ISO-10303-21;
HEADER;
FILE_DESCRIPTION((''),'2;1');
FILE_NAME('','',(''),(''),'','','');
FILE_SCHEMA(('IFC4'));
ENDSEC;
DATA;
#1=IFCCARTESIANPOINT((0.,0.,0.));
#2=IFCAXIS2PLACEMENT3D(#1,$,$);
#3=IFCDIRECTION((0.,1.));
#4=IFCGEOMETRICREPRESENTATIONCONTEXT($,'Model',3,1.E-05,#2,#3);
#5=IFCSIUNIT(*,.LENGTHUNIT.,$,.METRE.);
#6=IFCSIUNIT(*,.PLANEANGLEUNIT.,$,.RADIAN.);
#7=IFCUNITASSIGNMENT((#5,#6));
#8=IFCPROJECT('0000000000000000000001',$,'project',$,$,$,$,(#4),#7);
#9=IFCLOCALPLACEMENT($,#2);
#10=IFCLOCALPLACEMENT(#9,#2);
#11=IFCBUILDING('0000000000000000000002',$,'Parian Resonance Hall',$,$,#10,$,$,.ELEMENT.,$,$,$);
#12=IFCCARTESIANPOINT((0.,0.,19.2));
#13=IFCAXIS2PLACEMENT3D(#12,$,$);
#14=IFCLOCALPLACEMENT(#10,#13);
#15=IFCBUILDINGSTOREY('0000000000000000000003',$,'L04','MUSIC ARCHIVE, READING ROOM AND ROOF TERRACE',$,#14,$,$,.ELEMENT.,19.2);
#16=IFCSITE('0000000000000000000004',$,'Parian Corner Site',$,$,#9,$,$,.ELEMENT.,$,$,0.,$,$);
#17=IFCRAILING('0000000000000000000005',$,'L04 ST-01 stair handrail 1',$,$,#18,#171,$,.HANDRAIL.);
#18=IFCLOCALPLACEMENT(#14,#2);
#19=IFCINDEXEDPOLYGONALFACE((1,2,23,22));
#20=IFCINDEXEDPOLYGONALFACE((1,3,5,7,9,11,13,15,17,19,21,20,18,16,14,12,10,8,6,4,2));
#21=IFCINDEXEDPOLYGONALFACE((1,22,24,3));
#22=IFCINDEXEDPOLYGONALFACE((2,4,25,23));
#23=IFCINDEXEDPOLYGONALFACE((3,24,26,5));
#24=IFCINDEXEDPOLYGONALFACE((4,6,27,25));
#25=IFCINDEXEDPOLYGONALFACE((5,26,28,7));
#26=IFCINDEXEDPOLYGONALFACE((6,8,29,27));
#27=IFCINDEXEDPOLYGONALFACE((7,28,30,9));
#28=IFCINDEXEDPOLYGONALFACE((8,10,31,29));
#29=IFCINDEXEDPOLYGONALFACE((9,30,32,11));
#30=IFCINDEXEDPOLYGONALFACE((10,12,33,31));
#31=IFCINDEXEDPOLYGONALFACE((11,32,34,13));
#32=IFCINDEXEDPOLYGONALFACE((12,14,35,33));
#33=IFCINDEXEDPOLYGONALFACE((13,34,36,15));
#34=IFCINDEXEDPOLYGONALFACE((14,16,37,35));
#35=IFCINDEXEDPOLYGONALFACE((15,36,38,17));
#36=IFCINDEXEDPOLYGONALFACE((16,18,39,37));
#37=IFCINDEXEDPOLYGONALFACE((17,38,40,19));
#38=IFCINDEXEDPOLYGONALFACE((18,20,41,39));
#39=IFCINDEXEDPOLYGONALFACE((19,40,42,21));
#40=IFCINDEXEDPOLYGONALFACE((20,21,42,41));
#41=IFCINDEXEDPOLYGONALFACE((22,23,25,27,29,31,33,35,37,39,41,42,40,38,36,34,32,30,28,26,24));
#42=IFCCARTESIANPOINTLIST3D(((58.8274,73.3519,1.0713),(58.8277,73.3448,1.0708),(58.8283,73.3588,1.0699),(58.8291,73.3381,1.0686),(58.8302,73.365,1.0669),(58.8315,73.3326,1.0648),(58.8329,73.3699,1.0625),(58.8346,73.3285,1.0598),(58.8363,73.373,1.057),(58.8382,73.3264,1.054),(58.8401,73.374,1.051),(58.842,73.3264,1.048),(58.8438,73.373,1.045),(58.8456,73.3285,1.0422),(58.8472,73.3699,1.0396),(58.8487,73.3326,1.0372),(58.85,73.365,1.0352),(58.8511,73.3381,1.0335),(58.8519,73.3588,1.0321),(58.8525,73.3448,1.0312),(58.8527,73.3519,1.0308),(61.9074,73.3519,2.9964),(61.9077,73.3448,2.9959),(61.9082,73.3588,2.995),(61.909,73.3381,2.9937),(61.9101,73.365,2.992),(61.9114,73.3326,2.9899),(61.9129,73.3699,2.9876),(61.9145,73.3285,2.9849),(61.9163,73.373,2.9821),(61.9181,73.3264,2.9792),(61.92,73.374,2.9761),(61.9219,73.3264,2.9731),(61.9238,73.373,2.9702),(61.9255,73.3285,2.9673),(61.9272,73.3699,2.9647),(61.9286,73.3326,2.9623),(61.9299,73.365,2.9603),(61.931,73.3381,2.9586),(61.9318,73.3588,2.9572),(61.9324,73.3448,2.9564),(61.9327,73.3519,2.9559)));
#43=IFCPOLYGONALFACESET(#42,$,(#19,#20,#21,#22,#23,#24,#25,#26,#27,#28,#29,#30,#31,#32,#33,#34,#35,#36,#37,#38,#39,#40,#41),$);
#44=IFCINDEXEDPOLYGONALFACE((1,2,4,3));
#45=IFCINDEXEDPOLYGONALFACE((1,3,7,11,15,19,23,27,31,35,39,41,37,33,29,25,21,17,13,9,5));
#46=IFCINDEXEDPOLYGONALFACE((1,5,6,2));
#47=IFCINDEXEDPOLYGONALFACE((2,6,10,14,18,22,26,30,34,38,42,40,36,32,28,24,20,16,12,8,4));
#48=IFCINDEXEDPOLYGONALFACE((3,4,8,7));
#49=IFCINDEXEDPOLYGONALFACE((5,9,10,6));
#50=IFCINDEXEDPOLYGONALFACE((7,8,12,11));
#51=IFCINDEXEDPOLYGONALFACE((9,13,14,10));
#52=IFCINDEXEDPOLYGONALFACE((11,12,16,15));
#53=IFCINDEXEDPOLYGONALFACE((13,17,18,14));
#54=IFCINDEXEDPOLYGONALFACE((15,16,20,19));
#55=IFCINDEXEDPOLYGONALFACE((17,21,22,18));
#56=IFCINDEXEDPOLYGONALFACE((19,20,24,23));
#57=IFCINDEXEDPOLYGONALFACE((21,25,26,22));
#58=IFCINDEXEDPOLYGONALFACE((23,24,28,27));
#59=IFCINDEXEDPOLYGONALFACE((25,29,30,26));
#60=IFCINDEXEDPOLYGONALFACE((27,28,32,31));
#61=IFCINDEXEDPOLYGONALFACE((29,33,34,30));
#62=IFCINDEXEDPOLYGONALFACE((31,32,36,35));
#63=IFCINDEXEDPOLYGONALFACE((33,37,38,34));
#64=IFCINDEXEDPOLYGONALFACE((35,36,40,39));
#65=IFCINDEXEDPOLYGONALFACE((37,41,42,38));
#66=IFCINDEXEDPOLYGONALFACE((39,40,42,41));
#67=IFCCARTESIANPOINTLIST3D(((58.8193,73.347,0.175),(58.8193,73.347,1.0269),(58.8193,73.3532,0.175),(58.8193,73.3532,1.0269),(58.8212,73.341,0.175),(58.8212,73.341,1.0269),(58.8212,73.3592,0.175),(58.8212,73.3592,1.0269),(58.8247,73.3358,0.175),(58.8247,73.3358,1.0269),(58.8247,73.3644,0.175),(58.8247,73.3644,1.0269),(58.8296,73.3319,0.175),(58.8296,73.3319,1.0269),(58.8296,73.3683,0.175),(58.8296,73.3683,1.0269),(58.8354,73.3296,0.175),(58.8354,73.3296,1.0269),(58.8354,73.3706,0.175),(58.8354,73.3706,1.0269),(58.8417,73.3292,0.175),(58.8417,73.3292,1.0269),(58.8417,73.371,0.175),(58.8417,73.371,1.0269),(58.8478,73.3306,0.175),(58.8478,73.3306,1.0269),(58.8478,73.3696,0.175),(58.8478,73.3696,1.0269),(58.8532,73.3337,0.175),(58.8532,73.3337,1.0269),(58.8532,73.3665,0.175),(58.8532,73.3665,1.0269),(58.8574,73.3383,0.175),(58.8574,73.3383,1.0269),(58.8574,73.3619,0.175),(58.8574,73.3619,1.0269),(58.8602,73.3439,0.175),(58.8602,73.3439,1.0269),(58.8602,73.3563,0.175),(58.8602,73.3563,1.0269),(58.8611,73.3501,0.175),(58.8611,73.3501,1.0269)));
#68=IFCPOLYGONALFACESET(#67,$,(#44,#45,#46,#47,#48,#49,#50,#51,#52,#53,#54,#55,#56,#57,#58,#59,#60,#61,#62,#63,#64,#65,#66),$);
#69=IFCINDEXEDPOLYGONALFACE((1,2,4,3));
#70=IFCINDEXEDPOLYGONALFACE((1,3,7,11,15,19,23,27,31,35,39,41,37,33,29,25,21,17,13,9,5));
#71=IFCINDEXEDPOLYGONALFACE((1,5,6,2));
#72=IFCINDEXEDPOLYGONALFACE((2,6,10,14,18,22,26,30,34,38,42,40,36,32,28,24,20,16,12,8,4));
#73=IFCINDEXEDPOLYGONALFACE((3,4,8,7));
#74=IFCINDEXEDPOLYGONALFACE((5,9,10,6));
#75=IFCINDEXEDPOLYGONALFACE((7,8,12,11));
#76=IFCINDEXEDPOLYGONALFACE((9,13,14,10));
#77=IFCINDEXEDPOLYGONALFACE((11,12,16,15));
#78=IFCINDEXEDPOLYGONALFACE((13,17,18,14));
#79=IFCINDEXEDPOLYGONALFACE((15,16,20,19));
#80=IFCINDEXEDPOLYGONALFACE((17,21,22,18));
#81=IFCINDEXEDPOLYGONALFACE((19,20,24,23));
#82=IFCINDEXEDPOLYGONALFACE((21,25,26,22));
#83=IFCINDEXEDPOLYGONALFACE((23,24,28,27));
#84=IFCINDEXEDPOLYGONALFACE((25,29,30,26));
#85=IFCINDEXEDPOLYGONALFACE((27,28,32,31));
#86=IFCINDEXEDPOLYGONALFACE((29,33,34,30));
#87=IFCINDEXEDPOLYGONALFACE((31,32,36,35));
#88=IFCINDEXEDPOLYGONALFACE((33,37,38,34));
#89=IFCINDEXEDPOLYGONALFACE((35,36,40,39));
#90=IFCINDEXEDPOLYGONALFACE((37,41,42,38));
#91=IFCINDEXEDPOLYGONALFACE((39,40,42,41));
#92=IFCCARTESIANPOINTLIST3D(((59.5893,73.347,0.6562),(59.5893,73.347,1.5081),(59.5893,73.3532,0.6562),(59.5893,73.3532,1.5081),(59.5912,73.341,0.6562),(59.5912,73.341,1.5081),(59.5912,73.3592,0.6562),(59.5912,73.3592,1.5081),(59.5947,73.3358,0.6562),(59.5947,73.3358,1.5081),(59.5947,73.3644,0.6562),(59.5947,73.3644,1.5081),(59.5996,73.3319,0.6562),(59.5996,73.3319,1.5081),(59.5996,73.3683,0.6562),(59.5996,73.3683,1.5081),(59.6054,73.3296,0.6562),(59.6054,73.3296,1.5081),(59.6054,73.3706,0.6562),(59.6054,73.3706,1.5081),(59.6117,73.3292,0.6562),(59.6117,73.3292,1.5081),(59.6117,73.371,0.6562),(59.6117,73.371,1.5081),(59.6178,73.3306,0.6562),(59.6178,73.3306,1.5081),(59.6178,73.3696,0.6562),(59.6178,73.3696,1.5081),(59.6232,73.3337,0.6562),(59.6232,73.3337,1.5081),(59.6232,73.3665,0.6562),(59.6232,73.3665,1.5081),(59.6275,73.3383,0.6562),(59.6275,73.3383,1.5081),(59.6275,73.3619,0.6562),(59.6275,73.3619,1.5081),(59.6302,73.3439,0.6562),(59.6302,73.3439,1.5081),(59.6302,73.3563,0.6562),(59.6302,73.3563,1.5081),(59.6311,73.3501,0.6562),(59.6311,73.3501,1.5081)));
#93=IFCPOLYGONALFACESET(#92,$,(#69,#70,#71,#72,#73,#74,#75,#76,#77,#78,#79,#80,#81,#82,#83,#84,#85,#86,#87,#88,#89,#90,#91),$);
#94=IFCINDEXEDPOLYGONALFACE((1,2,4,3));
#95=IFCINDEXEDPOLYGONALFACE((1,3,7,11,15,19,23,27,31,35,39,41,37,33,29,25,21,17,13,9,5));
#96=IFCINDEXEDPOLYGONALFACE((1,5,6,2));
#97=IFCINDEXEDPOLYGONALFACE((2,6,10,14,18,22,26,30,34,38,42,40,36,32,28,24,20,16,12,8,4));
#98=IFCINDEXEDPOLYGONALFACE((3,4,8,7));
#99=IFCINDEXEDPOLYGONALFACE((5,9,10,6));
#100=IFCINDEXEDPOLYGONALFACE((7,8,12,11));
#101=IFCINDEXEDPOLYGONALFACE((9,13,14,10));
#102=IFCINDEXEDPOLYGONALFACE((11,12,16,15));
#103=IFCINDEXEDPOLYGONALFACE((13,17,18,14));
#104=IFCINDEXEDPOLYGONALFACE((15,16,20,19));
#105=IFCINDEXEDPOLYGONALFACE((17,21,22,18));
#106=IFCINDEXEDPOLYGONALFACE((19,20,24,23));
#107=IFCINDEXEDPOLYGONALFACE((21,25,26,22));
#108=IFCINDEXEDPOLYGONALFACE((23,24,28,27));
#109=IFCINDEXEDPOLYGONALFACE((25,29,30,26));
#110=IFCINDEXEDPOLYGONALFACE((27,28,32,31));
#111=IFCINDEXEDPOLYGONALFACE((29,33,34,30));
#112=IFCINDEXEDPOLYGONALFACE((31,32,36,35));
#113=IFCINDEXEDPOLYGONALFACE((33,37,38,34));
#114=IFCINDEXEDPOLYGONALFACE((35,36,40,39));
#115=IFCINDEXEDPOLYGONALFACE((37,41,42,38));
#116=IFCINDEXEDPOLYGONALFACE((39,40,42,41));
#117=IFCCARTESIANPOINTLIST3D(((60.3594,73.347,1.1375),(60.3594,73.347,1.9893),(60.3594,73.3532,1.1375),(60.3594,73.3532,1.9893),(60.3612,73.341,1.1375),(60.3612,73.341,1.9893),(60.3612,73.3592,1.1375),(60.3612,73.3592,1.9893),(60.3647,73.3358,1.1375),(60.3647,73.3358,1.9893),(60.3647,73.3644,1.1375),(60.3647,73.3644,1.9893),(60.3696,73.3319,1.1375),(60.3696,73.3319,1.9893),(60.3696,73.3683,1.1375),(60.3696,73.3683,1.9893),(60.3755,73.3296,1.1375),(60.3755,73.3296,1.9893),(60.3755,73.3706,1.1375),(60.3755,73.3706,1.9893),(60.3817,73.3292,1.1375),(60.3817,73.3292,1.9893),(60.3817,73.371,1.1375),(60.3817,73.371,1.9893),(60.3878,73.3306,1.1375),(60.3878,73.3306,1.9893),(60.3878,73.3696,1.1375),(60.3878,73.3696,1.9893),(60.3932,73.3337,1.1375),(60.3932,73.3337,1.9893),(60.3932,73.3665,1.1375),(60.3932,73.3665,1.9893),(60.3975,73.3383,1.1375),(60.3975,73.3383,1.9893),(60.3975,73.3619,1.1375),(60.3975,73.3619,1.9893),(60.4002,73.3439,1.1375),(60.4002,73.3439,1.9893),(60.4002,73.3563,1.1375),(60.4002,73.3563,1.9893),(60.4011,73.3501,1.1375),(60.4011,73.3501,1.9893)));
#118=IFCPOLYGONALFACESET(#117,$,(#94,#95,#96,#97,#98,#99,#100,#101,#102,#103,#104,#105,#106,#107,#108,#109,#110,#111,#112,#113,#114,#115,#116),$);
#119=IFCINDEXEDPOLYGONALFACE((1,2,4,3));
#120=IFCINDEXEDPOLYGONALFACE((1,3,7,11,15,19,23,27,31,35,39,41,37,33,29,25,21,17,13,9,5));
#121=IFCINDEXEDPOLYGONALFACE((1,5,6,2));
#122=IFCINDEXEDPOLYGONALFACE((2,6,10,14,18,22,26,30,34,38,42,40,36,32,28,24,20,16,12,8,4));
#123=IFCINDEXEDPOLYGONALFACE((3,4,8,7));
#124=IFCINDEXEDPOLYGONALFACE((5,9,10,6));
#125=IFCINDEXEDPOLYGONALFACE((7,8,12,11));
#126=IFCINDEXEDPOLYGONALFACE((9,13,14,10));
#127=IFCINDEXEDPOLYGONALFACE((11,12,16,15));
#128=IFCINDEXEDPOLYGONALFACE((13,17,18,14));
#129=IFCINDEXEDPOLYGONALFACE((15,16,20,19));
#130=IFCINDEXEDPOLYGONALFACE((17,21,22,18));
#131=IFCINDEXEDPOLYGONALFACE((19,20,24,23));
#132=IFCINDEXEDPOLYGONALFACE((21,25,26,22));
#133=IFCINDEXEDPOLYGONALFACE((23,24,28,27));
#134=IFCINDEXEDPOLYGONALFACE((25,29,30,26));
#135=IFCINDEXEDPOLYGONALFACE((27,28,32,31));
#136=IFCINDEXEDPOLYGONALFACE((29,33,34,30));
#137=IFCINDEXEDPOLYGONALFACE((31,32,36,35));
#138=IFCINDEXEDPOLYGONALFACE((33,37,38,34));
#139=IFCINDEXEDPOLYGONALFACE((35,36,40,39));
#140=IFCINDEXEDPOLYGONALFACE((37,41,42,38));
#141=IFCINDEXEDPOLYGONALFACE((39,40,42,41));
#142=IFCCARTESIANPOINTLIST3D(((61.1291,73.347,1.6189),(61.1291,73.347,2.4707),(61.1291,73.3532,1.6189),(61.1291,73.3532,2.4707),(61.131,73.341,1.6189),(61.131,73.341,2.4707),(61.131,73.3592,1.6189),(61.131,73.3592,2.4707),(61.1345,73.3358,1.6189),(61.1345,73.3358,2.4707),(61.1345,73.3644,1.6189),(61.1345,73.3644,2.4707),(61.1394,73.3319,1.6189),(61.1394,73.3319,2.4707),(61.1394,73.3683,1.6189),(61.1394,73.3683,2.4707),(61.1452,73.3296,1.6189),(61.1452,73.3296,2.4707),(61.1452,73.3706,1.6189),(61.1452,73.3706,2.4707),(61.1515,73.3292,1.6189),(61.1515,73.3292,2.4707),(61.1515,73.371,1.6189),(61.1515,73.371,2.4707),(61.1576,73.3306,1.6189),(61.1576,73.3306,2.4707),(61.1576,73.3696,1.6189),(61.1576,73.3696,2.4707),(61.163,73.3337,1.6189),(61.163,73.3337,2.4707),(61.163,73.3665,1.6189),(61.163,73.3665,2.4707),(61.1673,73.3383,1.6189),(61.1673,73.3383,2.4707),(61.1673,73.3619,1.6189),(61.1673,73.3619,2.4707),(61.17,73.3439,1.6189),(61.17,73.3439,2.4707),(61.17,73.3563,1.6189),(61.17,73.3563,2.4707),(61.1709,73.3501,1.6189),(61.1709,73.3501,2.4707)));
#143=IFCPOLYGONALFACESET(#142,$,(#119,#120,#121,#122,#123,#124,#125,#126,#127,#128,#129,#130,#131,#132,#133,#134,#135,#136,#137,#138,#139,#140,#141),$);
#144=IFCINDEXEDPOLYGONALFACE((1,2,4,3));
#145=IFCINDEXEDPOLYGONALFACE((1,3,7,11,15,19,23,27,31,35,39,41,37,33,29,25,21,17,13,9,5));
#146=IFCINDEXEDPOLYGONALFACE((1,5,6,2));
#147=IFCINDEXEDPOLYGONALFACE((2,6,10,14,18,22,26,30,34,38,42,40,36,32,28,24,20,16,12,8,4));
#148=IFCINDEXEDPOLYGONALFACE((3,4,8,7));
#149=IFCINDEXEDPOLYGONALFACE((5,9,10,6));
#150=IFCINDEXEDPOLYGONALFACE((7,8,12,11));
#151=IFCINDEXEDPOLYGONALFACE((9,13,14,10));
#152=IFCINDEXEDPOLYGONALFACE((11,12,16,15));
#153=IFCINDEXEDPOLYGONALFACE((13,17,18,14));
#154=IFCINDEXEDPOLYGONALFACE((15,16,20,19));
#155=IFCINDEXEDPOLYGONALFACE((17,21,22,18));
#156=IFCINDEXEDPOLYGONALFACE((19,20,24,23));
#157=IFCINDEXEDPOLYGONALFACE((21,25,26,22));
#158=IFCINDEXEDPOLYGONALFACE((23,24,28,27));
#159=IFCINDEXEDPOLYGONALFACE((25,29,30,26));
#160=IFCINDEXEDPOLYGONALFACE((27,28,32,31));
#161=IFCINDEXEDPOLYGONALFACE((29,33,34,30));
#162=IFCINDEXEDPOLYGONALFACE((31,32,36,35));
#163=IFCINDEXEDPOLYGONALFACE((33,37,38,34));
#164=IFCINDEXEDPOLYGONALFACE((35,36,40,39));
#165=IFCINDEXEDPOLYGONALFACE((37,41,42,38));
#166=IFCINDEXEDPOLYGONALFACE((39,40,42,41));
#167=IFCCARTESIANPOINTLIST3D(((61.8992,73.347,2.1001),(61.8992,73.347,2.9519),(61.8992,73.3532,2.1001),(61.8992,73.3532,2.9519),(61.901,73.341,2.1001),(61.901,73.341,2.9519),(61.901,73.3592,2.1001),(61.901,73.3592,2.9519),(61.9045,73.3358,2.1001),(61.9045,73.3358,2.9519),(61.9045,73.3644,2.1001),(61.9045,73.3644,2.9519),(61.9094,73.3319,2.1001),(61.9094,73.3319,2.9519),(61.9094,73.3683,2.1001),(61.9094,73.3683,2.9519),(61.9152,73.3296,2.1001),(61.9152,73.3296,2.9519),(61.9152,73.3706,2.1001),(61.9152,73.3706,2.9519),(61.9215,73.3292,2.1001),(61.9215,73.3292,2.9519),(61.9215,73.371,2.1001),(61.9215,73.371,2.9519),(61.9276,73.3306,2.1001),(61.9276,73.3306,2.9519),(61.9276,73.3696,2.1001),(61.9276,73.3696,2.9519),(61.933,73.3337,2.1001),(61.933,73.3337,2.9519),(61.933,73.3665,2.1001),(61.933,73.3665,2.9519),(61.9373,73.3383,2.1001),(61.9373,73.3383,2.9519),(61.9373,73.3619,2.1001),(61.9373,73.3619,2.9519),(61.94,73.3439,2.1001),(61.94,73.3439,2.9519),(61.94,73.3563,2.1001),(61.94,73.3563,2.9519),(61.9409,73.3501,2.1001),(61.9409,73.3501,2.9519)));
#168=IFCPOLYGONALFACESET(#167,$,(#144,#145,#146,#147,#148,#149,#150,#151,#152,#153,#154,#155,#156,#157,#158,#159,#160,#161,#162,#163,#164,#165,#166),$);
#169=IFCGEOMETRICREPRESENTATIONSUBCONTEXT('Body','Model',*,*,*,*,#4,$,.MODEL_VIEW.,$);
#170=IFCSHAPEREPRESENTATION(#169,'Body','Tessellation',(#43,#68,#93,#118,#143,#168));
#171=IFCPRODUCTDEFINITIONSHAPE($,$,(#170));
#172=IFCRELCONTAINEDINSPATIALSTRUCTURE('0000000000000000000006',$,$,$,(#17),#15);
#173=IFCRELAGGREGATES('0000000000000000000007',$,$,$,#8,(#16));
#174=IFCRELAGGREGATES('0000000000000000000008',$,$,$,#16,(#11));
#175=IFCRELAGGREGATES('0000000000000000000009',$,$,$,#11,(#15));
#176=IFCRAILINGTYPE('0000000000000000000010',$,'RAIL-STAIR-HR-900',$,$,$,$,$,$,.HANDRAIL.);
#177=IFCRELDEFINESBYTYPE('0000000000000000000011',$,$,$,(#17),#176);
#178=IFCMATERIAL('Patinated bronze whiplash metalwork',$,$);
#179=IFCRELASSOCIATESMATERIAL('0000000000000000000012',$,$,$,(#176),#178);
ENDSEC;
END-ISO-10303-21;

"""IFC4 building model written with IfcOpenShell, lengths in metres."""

from ifc_helpers import new_model, si_unit, direction, frame, origin, origin_2d, place, context, subcontext, project, spatial, circle, extrude, material, type_object, element, save


model = new_model("IFC4")

# Units and contexts
model_context = context("Model", 3, precision=1e-05, world=origin(), true_north=direction((0.0, 1.0)))
body_context = subcontext(model_context, "Body", "Model", "MODEL_VIEW")
ifc_project = project(units=[si_unit("LENGTHUNIT", "METRE"), si_unit("PLANEANGLEUNIT", "RADIAN")], contexts=[model_context])

# Site, building, storey
site_placement = place(None, origin())
site = spatial("IfcSite", under=ifc_project, at=site_placement, Name="Parian Corner Site", CompositionType="ELEMENT", RefElevation=0.0)
building_placement = place(site_placement, origin())
building = spatial("IfcBuilding", under=site, at=building_placement, Name="Parian Resonance Hall", CompositionType="ELEMENT")
storey_placement = place(building_placement, frame((0.0, 0.0, 19.2)))
storey = spatial("IfcBuildingStorey", under=building, at=storey_placement, Name="L04", Description="MUSIC ARCHIVE, READING ROOM AND ROOF TERRACE", CompositionType="ELEMENT", Elevation=19.2)

# Railing
ifc_material_1 = material(Name="Patinated bronze whiplash metalwork")
railing_type_1 = type_object("IfcRailingType", Name="RAIL-STAIR-HR-900", PredefinedType="HANDRAIL", material=ifc_material_1)
railing_1_placement = place(storey_placement, frame((58.8401, 73.3501, 0.175)))
element("IfcRailing", 1, at=railing_1_placement, inside=storey, type_object=railing_type_1, Name="L04 ST-01 stair handrail 1", PredefinedType="HANDRAIL", context=body_context, shape_type="SweptSolid", body=[
    extrude(circle(Radius=0.0239, at=origin_2d()), frame((0.0, 0.0, 0.876), z_axis=(0.847979, 0.0, 0.530029), x_axis=(0.0, 1.0, 0.0)), (0.0, 0.0, 1.0), 3.6321),
    extrude(circle(Radius=0.021, at=origin_2d()), origin(), (0.0, 0.0, 1.0), 0.8518),
    extrude(circle(Radius=0.021, at=origin_2d()), frame((0.77, 0.0, 0.4812)), (0.0, 0.0, 1.0), 0.8518),
    extrude(circle(Radius=0.021, at=origin_2d()), frame((1.54, 0.0, 0.9624)), (0.0, 0.0, 1.0), 0.8518),
    extrude(circle(Radius=0.021, at=origin_2d()), frame((2.3098, 0.0, 1.4438)), (0.0, 0.0, 1.0), 0.8518),
    extrude(circle(Radius=0.021, at=origin_2d()), frame((3.0798, 0.0, 1.925)), (0.0, 0.0, 1.0), 0.8518),
])

save(model, "model.ifc")
